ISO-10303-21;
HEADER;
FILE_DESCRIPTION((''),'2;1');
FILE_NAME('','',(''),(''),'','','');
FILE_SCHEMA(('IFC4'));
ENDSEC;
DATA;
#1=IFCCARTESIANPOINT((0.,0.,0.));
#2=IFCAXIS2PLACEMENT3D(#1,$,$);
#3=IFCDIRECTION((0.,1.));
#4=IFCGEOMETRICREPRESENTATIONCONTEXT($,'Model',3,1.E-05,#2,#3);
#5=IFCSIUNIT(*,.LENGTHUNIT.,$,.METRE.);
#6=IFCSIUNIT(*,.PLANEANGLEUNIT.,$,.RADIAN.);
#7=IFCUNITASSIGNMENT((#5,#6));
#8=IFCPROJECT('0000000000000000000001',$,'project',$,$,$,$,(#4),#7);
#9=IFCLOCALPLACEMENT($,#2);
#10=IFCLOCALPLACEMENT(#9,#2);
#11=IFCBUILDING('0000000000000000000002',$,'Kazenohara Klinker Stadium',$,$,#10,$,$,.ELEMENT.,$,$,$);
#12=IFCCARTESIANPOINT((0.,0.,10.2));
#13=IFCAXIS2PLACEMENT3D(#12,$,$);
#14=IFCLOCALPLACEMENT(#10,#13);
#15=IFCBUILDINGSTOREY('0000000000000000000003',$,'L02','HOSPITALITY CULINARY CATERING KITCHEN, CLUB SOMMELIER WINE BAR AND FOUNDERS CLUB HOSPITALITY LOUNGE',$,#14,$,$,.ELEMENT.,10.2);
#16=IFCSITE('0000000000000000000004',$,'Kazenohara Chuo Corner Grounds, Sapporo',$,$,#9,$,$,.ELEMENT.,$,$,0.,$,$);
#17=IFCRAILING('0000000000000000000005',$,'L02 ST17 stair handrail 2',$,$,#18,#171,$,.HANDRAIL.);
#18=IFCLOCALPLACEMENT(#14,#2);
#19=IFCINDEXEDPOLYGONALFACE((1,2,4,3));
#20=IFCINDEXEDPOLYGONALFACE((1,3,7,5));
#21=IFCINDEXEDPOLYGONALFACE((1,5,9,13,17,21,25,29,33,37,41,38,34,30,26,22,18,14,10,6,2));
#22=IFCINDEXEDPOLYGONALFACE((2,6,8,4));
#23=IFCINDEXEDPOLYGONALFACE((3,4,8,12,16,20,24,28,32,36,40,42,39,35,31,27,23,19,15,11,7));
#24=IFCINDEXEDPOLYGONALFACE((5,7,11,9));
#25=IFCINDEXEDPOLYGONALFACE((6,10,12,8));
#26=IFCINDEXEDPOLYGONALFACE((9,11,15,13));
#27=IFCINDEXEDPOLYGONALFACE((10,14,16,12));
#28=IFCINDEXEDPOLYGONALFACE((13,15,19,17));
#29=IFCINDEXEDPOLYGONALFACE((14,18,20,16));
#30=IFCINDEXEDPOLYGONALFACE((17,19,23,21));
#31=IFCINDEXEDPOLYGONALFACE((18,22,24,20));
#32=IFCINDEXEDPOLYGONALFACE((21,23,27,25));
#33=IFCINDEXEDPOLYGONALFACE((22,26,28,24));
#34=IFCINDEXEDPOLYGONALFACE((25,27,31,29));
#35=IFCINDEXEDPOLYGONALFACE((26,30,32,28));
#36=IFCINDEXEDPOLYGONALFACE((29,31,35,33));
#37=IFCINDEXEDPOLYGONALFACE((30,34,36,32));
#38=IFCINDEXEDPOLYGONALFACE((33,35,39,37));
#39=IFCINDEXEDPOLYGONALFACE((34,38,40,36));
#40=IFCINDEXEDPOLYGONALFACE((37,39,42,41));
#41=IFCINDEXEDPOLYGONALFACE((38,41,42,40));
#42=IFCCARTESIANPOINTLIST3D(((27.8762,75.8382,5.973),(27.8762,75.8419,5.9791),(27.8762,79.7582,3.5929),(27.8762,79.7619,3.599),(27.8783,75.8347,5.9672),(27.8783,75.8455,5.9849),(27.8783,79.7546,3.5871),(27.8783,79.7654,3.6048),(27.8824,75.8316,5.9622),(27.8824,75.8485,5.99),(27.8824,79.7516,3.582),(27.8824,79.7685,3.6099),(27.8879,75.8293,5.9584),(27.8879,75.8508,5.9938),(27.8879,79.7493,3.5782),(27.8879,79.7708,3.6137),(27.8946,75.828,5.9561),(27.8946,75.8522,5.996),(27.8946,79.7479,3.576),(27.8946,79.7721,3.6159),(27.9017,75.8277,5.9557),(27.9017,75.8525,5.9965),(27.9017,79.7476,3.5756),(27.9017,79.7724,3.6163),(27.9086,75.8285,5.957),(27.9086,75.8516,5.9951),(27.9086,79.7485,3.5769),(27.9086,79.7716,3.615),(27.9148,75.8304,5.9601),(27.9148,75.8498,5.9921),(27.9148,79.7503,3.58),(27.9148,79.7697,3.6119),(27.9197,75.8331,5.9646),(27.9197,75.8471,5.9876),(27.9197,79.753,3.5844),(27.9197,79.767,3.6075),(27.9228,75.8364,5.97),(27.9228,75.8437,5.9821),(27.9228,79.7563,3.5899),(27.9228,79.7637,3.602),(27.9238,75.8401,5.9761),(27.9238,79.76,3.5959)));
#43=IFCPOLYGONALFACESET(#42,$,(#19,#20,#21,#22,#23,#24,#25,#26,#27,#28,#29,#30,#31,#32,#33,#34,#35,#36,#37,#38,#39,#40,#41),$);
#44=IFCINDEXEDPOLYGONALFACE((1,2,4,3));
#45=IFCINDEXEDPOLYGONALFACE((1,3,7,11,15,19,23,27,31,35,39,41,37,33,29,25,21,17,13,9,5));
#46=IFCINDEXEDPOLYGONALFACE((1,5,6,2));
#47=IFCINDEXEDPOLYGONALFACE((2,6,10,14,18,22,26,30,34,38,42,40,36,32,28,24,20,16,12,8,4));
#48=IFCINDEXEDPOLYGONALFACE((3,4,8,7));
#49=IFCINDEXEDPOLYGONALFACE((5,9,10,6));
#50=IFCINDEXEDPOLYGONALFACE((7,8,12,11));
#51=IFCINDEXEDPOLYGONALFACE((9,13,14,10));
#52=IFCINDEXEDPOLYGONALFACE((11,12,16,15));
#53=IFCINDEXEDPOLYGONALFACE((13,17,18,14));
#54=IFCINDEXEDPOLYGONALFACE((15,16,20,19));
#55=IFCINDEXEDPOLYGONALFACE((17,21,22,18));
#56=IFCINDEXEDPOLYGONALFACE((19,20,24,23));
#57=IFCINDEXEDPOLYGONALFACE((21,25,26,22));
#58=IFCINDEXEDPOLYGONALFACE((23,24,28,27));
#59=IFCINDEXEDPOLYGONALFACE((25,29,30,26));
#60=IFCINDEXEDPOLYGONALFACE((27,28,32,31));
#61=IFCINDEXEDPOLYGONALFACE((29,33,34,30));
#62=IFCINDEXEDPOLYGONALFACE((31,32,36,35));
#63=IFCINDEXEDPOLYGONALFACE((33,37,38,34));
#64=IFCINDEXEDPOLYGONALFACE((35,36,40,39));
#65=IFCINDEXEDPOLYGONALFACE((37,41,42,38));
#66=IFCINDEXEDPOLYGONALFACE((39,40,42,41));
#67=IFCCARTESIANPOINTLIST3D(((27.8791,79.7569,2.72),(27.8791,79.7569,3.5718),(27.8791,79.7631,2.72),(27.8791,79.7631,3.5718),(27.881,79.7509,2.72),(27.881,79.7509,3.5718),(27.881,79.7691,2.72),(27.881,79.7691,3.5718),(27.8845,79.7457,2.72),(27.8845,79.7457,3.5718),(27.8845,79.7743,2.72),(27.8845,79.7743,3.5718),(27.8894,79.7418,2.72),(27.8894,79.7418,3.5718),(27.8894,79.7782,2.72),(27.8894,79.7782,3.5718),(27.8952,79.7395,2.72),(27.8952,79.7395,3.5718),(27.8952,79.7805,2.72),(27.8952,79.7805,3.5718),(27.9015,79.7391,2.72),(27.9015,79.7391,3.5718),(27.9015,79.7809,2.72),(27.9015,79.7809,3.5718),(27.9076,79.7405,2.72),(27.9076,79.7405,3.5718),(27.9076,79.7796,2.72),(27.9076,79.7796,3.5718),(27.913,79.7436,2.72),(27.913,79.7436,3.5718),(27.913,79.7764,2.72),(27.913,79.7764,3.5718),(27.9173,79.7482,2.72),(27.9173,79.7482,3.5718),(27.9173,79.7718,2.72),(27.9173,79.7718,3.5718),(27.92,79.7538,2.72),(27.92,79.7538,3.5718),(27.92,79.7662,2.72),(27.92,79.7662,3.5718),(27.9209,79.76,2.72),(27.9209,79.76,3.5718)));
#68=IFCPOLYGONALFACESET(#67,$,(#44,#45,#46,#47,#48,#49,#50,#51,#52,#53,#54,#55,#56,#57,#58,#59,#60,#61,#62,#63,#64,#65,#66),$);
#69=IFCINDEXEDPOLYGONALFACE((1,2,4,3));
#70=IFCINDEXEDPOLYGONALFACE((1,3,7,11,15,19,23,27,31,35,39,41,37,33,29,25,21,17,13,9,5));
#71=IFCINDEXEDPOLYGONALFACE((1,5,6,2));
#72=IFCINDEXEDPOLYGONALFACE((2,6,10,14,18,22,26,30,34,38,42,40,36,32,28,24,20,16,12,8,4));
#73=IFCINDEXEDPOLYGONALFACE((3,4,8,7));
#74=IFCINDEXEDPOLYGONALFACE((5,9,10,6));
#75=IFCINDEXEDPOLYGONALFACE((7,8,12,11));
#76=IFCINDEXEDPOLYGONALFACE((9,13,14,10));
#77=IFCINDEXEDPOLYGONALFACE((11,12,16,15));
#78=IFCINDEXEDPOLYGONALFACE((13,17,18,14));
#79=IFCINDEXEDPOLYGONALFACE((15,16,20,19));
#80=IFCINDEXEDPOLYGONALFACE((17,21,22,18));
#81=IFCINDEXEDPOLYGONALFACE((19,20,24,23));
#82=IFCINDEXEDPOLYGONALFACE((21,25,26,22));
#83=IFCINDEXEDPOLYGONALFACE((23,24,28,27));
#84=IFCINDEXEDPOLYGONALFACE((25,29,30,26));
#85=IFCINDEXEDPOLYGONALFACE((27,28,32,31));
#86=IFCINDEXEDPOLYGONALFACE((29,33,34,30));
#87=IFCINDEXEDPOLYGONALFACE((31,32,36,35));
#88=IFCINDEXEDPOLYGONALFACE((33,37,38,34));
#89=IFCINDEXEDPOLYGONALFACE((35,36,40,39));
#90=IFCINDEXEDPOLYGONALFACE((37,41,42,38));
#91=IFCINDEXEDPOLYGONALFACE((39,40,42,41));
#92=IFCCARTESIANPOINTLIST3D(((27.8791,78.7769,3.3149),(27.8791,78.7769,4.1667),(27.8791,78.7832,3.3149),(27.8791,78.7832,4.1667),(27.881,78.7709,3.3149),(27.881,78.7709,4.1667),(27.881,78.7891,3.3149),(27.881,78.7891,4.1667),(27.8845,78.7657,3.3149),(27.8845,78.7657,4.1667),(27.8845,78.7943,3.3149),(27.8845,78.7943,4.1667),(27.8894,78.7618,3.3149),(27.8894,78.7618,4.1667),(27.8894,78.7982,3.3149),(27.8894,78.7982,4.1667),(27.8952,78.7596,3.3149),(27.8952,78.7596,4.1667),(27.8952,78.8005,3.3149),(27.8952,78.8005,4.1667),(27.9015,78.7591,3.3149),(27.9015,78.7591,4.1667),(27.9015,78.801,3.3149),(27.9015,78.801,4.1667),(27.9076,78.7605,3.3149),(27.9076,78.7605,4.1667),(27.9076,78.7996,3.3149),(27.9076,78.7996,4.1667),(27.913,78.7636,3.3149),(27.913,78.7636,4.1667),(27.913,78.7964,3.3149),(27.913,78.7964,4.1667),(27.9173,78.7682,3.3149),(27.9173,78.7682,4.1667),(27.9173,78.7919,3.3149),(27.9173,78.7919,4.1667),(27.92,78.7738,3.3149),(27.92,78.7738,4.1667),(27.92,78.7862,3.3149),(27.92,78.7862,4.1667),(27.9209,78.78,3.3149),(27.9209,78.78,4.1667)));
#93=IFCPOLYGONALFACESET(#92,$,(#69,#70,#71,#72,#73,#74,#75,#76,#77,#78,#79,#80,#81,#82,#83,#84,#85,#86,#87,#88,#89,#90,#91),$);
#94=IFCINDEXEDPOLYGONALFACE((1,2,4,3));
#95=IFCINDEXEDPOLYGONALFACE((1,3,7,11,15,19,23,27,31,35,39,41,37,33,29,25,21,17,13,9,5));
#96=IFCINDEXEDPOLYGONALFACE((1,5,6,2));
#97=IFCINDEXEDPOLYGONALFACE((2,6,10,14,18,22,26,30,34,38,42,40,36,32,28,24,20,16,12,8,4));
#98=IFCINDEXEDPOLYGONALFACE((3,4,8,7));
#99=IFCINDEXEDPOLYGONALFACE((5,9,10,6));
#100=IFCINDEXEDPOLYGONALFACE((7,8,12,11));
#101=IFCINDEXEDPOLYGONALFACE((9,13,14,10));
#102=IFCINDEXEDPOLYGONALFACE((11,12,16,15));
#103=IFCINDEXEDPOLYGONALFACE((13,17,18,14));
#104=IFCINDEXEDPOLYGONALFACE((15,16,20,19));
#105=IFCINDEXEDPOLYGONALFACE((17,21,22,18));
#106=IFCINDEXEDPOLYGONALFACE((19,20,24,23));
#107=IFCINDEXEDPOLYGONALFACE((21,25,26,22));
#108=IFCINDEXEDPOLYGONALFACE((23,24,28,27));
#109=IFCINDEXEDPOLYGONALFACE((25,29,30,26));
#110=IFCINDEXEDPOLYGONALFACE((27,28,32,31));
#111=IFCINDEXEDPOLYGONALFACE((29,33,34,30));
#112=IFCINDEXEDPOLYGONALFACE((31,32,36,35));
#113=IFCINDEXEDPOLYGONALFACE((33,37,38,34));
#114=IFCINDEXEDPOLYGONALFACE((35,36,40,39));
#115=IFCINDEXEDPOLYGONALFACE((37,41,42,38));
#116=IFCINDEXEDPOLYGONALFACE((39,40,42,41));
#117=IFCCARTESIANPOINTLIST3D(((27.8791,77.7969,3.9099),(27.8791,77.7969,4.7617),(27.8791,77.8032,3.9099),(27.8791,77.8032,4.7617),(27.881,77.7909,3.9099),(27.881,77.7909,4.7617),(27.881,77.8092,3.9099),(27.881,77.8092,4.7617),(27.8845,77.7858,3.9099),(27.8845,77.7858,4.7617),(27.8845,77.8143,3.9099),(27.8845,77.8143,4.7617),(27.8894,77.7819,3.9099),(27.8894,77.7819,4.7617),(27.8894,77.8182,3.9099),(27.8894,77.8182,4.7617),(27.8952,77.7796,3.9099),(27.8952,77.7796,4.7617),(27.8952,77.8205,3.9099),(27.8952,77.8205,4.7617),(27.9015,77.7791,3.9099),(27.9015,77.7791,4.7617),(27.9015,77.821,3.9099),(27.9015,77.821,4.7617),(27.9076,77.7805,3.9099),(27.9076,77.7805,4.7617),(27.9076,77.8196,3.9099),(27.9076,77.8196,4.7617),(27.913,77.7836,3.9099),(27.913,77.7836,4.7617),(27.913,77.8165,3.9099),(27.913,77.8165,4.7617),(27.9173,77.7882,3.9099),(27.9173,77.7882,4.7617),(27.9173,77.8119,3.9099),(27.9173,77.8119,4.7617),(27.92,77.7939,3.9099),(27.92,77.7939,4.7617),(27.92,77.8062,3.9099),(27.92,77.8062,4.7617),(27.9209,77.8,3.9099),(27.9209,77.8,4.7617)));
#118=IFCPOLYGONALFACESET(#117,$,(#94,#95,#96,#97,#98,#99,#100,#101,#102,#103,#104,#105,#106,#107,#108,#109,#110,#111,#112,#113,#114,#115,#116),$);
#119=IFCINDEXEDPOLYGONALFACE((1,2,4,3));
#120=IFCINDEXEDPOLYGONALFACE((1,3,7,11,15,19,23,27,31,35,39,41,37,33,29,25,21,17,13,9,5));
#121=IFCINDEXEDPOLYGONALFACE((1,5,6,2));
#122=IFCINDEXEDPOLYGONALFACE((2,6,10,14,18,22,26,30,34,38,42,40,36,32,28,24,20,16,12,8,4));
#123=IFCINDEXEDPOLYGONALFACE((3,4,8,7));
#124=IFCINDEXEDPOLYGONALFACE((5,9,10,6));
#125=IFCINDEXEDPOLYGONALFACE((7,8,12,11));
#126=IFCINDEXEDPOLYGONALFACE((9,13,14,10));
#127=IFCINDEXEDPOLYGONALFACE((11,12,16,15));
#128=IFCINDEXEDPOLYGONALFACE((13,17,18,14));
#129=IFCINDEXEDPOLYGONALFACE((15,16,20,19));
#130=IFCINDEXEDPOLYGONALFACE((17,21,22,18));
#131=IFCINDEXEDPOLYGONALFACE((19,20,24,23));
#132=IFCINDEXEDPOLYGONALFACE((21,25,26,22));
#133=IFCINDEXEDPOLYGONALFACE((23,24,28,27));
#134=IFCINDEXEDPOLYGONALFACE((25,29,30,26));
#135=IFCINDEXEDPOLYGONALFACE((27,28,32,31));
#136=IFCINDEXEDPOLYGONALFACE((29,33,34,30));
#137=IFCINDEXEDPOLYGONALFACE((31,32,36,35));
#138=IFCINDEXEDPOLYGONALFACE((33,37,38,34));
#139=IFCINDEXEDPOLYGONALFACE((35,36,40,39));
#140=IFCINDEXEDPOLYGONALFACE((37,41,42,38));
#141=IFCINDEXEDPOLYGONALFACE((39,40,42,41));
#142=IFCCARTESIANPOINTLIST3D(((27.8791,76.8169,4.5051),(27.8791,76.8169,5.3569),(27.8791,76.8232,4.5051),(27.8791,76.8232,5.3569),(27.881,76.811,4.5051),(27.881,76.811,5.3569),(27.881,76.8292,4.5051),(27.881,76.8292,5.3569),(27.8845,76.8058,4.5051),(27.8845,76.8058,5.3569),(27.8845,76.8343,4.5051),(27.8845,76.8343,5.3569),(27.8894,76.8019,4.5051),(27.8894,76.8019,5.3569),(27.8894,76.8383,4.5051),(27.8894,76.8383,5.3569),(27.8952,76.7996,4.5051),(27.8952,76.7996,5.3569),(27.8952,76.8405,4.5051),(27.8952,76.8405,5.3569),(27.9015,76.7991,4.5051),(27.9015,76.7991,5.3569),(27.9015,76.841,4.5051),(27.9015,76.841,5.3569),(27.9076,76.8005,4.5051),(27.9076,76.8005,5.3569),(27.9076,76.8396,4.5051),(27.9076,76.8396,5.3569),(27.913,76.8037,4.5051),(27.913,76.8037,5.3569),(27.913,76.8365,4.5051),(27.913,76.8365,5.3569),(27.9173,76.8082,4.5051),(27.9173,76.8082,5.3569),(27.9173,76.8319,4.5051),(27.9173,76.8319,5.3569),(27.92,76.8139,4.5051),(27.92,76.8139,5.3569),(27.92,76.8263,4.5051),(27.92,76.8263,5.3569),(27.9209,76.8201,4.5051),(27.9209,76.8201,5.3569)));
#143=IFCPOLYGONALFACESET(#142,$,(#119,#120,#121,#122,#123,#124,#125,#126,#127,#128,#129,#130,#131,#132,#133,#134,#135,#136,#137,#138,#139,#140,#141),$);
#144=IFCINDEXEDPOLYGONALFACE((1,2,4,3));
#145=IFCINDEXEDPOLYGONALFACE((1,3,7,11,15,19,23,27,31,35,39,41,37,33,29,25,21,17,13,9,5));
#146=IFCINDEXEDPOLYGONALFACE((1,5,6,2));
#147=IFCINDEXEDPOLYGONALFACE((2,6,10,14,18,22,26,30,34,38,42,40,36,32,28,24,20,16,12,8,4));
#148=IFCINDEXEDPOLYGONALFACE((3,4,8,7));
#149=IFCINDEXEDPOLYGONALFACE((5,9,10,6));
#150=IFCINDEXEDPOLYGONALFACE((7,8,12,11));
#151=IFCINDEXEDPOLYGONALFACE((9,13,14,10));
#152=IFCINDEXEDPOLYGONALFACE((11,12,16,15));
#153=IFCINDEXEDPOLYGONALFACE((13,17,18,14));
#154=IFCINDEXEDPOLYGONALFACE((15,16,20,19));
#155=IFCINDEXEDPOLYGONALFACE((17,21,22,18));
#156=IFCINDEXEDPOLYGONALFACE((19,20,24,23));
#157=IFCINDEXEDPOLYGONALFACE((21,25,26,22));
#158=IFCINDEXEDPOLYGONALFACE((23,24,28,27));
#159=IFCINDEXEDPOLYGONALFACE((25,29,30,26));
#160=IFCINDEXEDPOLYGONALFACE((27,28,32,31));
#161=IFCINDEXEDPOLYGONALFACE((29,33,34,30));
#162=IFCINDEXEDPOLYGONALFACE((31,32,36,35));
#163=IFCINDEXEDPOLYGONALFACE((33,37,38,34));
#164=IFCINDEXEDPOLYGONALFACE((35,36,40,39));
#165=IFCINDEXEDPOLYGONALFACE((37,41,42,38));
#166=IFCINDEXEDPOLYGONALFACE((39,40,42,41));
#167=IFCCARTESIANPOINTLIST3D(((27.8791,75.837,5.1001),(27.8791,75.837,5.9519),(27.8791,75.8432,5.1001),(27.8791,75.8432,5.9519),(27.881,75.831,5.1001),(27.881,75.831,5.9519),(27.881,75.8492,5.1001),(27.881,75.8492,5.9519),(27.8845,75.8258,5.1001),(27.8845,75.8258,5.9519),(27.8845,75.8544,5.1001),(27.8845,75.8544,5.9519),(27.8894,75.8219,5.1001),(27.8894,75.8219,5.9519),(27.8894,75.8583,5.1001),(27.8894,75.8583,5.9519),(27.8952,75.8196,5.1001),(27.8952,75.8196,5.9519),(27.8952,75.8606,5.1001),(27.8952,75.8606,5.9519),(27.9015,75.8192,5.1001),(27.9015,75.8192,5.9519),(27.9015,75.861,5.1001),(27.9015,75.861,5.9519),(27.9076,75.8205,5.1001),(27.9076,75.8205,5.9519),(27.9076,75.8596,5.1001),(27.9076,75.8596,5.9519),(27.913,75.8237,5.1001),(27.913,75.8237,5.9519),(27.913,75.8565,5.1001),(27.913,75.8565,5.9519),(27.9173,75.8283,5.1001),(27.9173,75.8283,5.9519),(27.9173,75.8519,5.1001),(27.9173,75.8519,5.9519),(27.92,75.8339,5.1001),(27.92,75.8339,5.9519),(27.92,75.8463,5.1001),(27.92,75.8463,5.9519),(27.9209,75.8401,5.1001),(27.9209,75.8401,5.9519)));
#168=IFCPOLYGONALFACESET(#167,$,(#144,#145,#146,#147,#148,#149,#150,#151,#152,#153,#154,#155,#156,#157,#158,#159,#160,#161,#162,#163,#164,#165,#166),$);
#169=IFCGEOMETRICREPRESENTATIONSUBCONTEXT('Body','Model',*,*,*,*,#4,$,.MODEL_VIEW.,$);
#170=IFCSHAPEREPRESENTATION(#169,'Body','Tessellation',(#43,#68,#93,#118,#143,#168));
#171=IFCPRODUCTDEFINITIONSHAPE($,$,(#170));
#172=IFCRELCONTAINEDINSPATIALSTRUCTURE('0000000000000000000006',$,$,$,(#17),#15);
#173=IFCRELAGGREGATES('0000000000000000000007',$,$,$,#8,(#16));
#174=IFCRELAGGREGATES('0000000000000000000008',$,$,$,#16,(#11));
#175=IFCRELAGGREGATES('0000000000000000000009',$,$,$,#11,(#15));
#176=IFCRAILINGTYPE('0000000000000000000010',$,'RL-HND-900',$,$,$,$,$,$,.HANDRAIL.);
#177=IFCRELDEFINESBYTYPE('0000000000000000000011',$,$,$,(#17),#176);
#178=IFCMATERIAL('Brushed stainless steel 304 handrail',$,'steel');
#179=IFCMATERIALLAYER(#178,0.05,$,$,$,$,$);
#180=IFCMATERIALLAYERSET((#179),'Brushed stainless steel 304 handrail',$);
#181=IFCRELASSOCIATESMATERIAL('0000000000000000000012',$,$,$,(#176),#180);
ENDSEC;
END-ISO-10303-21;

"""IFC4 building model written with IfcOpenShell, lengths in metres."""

from ifc_helpers import new_model, si_unit, direction, frame, origin, origin_2d, place, context, subcontext, project, spatial, circle, extrude, material, layer, layer_set, type_object, element, save


model = new_model("IFC4")

# Units and contexts
model_context = context("Model", 3, precision=1e-05, world=origin(), true_north=direction((0.0, 1.0)))
body_context = subcontext(model_context, "Body", "Model", "MODEL_VIEW")
ifc_project = project(units=[si_unit("LENGTHUNIT", "METRE"), si_unit("PLANEANGLEUNIT", "RADIAN")], contexts=[model_context])

# Site, building, storey
site_placement = place(None, origin())
site = spatial("IfcSite", under=ifc_project, at=site_placement, Name="Kazenohara Chuo Corner Grounds, Sapporo", CompositionType="ELEMENT", RefElevation=0.0)
building_placement = place(site_placement, origin())
building = spatial("IfcBuilding", under=site, at=building_placement, Name="Kazenohara Klinker Stadium", CompositionType="ELEMENT")
storey_placement = place(building_placement, frame((0.0, 0.0, 10.2)))
storey = spatial("IfcBuildingStorey", under=building, at=storey_placement, Name="L02", Description="HOSPITALITY CULINARY CATERING KITCHEN, CLUB SOMMELIER WINE BAR AND FOUNDERS CLUB HOSPITALITY LOUNGE", CompositionType="ELEMENT", Elevation=10.2)

# Railing
ifc_material_1 = material(Name="Brushed stainless steel 304 handrail", Category="steel")
ifc_layer_1 = layer(ifc_material_1, 0.05)
ifc_layer_set_1 = layer_set([ifc_layer_1], Name="Brushed stainless steel 304 handrail")
railing_type_1 = type_object("IfcRailingType", Name="RL-HND-900", PredefinedType="HANDRAIL", material=ifc_layer_set_1)
railing_1_placement = place(storey_placement, frame((27.8999, 79.76, 2.72)))
element("IfcRailing", 1, at=railing_1_placement, inside=storey, type_object=railing_type_1, Name="L02 ST17 stair handrail 2", PredefinedType="HANDRAIL", context=body_context, shape_type="SweptSolid", body=[
    extrude(circle(Radius=0.0239, at=origin_2d()), frame((0.0, 0.0, 0.876), z_axis=(0.0, -0.854771, 0.519006), x_axis=(1.0, 0.0, 0.0)), (0.0, 0.0, 1.0), 4.5859),
    extrude(circle(Radius=0.021, at=origin_2d()), origin(), (0.0, 0.0, 1.0), 0.8518),
    extrude(circle(Radius=0.021, at=origin_2d()), frame((0.0, -0.98, 0.595)), (0.0, 0.0, 1.0), 0.8518),
    extrude(circle(Radius=0.021, at=origin_2d()), frame((0.0, -1.96, 1.1899)), (0.0, 0.0, 1.0), 0.8518),
    extrude(circle(Radius=0.021, at=origin_2d()), frame((0.0, -2.9399, 1.7852)), (0.0, 0.0, 1.0), 0.8518),
    extrude(circle(Radius=0.021, at=origin_2d()), frame((0.0, -3.9199, 2.3801)), (0.0, 0.0, 1.0), 0.8518),
])

save(model, "model.ifc")
